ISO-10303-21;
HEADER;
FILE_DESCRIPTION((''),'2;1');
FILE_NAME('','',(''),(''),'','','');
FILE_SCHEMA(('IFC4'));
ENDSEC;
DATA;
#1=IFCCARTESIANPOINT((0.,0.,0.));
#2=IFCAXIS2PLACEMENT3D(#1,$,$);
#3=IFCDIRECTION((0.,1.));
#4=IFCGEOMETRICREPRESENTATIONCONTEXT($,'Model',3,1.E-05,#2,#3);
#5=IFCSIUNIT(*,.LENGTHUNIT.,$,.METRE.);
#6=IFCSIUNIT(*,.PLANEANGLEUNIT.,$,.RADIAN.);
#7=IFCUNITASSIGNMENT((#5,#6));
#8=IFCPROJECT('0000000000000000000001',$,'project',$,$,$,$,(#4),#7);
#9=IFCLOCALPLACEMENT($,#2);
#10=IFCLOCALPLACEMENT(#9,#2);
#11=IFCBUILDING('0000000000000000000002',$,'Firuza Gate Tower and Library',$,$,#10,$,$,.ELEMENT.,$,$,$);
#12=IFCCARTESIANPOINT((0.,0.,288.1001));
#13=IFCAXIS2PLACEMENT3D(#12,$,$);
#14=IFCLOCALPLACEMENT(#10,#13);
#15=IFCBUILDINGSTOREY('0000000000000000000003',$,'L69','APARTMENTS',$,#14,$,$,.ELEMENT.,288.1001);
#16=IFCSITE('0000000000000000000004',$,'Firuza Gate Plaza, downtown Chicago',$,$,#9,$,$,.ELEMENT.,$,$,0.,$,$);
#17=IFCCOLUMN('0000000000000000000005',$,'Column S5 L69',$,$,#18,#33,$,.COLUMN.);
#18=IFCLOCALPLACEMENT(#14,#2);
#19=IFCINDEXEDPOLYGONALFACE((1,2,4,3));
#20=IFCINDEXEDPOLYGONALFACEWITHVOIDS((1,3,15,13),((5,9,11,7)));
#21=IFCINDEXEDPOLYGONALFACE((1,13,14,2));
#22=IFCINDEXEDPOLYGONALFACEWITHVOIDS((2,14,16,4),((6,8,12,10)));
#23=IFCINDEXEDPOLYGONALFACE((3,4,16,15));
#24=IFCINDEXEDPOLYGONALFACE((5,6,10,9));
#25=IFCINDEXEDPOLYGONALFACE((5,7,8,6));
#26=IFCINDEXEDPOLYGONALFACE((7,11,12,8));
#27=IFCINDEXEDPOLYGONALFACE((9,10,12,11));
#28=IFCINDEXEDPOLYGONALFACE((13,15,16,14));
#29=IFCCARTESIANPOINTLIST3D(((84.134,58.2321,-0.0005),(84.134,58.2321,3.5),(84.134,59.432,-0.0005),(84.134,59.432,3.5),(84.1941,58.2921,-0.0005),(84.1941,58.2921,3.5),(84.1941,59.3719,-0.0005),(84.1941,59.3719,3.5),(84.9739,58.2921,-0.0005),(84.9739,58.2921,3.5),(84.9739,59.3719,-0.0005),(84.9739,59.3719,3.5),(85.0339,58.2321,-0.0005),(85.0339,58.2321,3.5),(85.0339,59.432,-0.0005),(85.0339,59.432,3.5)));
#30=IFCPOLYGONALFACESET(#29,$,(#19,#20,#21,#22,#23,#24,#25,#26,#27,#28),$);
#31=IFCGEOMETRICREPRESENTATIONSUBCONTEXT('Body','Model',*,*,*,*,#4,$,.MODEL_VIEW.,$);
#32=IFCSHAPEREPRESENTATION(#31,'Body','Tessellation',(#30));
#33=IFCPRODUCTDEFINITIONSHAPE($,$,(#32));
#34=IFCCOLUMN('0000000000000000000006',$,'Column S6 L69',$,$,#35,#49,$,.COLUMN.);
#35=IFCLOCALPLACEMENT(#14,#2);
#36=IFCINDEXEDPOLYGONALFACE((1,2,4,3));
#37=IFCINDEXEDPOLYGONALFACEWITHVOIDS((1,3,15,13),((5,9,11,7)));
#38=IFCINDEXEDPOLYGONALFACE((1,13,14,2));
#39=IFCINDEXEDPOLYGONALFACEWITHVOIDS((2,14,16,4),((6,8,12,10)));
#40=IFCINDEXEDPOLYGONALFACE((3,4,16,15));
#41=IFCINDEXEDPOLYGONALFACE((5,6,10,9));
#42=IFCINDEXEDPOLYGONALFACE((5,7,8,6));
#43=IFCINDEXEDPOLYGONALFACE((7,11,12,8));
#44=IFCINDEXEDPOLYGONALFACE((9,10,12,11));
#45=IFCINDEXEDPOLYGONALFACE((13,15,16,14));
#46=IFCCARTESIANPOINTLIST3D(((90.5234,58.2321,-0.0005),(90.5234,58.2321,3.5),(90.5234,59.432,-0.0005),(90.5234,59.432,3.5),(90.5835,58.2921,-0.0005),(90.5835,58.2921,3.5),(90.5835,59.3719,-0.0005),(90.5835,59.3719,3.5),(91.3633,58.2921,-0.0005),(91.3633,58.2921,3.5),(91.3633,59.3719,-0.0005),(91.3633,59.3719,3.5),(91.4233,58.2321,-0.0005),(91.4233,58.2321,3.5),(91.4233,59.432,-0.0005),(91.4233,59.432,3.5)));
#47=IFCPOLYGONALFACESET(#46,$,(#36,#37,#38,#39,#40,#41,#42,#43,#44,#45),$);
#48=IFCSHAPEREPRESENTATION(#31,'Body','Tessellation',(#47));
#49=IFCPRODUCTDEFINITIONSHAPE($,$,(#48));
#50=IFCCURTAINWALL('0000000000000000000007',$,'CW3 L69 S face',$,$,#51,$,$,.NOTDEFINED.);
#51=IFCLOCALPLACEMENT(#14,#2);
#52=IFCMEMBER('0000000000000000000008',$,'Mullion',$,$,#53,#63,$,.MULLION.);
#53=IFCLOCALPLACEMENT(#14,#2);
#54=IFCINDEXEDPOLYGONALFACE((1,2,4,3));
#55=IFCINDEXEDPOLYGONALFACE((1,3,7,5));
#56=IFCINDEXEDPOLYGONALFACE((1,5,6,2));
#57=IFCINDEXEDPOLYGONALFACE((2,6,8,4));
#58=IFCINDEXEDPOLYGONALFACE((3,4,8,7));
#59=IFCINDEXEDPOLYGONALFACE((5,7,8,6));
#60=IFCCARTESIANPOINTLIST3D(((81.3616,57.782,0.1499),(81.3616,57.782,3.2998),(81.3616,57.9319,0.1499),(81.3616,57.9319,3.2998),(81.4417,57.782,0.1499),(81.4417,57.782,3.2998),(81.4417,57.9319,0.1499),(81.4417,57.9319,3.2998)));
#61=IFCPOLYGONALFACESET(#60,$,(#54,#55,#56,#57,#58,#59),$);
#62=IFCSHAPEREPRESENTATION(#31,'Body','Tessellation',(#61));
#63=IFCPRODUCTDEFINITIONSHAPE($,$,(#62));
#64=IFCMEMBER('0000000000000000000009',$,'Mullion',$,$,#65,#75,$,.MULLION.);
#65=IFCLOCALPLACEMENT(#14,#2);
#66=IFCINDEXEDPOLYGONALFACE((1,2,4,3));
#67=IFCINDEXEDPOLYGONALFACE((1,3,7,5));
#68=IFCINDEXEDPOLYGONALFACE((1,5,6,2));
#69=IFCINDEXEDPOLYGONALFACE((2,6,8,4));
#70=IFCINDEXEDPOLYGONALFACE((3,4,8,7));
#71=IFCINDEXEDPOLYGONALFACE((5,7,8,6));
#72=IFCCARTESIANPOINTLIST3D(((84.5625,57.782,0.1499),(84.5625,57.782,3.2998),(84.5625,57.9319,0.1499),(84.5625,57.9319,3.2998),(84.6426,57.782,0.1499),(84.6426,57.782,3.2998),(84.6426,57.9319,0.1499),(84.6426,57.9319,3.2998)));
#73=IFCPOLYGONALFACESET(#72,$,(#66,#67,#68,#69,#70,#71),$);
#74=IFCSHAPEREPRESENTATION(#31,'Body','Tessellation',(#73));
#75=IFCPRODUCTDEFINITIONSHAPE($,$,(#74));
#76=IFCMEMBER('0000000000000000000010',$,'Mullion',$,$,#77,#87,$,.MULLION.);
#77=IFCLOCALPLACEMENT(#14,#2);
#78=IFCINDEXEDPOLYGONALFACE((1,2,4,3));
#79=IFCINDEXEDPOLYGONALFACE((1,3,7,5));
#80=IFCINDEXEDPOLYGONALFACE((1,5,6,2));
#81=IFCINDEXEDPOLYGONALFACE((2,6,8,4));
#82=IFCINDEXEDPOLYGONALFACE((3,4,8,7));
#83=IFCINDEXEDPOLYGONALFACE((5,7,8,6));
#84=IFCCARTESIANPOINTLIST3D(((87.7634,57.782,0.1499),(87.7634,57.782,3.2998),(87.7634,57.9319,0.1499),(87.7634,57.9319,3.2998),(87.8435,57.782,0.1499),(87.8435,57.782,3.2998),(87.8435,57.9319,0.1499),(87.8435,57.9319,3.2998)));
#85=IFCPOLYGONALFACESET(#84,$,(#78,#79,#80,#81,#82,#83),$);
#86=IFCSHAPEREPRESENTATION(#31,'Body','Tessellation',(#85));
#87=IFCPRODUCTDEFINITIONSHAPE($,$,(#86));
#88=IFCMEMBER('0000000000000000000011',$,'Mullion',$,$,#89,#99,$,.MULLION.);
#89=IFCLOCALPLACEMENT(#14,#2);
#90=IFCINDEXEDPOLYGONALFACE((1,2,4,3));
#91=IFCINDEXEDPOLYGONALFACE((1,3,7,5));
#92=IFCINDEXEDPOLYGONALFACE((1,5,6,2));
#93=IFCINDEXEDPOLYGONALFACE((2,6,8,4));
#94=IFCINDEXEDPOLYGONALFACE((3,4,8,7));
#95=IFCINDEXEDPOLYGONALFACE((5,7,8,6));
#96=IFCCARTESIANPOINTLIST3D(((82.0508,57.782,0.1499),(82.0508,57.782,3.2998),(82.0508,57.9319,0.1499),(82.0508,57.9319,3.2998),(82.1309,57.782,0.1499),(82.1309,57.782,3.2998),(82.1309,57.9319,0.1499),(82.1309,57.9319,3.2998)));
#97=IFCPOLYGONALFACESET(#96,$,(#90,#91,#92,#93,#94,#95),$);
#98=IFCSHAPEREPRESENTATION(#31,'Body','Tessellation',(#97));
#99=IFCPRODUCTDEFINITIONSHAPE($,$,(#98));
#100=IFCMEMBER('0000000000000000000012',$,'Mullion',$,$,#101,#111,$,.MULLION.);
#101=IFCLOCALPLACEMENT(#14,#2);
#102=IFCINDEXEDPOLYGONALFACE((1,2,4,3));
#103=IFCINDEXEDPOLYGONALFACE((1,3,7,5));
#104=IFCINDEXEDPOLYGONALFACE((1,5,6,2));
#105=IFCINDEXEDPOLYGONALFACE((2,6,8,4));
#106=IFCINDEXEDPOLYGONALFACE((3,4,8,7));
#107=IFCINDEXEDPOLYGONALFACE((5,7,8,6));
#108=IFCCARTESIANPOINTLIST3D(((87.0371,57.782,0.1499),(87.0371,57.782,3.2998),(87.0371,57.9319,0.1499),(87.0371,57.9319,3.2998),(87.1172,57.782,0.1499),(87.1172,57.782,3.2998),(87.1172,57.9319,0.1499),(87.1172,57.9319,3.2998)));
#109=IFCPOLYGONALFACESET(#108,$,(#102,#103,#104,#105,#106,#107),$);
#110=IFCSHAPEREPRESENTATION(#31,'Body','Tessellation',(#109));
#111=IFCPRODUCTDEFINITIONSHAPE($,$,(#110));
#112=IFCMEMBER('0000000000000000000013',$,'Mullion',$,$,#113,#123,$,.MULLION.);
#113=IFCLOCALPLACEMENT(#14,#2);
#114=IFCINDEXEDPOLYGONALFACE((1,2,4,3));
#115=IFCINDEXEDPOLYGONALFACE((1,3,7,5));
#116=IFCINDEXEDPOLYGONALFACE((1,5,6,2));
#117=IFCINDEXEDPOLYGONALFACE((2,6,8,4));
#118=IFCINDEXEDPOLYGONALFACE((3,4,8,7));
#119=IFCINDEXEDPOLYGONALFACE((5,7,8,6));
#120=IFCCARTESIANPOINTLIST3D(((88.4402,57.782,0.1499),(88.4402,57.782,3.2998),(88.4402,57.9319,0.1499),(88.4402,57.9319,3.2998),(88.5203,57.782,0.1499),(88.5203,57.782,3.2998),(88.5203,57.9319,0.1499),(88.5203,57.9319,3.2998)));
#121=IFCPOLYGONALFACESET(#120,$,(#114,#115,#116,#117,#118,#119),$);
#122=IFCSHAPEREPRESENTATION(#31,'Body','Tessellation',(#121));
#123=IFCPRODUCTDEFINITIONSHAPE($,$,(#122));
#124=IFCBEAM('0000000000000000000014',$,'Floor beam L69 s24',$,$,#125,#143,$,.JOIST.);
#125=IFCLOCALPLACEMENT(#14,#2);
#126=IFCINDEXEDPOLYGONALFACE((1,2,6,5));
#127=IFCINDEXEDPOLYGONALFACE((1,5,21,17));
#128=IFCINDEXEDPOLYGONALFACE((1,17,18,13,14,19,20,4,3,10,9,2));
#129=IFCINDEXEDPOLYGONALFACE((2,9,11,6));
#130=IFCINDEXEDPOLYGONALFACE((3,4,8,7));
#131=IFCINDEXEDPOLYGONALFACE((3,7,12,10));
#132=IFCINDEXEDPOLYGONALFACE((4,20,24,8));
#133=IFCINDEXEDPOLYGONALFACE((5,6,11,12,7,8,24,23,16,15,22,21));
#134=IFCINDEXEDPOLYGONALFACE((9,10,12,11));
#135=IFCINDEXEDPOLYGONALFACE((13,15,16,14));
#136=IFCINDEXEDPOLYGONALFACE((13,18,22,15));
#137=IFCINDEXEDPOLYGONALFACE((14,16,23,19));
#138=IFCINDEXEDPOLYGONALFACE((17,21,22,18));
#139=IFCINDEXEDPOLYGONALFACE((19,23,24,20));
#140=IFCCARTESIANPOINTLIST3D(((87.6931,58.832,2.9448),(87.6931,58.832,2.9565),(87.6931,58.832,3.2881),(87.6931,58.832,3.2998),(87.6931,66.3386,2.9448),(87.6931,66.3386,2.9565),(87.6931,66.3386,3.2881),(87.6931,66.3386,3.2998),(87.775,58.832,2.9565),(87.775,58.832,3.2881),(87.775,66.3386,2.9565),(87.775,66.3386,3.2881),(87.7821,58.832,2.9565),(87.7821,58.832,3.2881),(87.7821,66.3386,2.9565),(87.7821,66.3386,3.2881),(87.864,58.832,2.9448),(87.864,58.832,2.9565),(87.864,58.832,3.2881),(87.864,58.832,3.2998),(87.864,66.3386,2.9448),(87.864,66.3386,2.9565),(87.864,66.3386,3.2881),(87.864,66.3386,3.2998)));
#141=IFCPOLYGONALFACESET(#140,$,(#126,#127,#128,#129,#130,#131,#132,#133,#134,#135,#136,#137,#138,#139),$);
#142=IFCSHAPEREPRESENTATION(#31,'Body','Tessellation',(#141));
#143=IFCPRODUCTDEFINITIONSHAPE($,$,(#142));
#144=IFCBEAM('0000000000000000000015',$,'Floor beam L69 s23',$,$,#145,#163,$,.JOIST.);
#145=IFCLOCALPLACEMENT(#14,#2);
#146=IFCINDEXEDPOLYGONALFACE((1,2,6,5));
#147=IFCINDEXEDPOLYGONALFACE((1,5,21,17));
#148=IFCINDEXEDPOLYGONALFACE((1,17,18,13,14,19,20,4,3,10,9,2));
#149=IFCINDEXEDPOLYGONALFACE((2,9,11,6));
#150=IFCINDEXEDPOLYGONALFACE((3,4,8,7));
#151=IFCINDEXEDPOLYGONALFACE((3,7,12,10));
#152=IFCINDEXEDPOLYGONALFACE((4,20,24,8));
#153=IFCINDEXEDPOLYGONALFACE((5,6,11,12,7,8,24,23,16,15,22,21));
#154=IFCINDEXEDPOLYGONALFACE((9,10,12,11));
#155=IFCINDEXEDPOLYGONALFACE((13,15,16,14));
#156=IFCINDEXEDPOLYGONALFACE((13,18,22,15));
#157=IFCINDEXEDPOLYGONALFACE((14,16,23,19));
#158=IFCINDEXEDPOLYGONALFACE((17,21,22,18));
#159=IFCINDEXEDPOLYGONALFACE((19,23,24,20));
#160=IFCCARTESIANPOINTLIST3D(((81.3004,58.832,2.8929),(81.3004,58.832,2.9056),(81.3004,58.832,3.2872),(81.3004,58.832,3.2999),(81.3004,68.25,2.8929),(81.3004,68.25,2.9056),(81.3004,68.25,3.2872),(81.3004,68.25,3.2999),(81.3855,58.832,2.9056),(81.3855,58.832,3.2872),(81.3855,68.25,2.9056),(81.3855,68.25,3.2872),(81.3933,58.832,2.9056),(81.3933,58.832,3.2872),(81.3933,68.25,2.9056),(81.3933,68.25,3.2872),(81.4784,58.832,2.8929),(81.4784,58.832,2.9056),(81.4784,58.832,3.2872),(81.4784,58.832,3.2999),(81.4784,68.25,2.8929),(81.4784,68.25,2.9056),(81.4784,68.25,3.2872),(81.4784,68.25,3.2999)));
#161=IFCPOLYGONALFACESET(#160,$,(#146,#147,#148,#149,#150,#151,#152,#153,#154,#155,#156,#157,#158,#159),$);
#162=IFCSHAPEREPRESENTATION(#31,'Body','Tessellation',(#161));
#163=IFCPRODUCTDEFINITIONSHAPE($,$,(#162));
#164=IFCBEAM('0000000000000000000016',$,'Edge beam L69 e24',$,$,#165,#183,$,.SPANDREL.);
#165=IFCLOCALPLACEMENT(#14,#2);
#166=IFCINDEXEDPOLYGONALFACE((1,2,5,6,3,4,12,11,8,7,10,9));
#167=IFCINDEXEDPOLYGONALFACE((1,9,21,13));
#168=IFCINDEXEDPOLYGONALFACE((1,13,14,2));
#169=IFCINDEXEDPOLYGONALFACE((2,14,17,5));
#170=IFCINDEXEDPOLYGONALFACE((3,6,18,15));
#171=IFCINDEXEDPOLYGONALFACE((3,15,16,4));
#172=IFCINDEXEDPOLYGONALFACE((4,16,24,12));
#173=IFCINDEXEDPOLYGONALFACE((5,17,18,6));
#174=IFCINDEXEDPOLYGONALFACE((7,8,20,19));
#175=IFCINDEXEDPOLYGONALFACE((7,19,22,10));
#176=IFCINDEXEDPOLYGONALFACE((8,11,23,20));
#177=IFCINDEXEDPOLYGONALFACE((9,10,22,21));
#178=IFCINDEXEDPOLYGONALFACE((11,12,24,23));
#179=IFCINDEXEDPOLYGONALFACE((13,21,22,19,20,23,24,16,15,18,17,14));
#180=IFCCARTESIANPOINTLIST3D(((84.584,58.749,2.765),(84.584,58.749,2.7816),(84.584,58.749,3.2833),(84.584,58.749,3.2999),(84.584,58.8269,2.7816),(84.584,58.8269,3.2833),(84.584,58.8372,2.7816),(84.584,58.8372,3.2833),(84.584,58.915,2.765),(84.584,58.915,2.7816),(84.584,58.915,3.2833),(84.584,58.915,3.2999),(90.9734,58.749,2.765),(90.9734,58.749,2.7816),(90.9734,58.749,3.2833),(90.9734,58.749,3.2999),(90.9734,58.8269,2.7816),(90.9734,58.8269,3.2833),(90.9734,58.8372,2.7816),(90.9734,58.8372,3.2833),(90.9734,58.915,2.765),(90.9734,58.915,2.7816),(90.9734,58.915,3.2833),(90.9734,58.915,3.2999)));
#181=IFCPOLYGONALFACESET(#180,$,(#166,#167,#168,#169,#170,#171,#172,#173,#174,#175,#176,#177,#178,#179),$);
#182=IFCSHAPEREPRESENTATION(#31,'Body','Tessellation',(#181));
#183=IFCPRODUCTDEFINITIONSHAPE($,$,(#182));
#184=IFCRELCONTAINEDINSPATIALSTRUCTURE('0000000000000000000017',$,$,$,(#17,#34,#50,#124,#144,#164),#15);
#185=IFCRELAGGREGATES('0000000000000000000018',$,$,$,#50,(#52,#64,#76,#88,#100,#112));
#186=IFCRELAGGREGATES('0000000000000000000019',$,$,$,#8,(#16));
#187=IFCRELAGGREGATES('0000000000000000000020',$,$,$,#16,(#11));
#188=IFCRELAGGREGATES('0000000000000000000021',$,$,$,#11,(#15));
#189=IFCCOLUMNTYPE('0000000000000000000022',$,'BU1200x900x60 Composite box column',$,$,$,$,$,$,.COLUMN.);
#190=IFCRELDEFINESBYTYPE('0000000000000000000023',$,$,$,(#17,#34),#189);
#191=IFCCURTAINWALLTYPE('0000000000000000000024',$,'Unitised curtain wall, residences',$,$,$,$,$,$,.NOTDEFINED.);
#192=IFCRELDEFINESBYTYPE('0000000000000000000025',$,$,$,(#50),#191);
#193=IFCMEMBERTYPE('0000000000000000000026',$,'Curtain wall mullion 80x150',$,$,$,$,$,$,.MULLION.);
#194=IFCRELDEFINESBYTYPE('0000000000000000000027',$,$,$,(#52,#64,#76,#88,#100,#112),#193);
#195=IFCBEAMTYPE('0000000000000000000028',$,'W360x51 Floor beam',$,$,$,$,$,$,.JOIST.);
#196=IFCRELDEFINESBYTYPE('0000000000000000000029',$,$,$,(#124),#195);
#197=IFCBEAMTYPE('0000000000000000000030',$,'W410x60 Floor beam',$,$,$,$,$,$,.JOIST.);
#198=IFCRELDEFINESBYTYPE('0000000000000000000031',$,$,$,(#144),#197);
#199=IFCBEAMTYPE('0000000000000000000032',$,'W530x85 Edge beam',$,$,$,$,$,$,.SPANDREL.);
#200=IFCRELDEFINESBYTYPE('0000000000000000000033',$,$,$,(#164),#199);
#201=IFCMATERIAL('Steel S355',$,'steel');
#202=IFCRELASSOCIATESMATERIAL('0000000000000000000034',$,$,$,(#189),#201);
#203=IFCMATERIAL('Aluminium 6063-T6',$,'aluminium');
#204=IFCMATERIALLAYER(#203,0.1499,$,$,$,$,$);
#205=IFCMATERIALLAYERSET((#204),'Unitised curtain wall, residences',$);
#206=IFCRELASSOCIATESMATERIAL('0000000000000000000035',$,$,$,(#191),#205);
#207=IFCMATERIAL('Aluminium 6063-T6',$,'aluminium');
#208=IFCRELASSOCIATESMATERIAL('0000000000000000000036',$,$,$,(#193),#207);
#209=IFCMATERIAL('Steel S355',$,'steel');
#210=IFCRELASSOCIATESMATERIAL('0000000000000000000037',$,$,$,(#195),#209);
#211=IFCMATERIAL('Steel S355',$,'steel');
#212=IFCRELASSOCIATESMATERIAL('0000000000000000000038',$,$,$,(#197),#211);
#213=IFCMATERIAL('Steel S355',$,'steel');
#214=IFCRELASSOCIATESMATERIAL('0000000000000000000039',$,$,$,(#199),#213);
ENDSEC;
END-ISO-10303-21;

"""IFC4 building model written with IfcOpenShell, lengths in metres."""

from ifc_helpers import new_model, si_unit, direction, frame, origin, origin_2d, place, context, subcontext, project, spatial, rectangle, hollow_rectangle, i_section, extrude, material, layer, layer_set, material_profile, profile_set, type_object, element, aggregate, save


model = new_model("IFC4")

# Units and contexts
model_context = context("Model", 3, precision=1e-05, world=origin(), true_north=direction((0.0, 1.0)))
body_context = subcontext(model_context, "Body", "Model", "MODEL_VIEW")
ifc_project = project(units=[si_unit("LENGTHUNIT", "METRE"), si_unit("PLANEANGLEUNIT", "RADIAN")], contexts=[model_context])

# Site, building, storey
site_placement = place(None, origin())
site = spatial("IfcSite", under=ifc_project, at=site_placement, Name="Firuza Gate Plaza, downtown Chicago", CompositionType="ELEMENT", RefElevation=0.0)
building_placement = place(site_placement, origin())
building = spatial("IfcBuilding", under=site, at=building_placement, Name="Firuza Gate Tower and Library", CompositionType="ELEMENT")
storey_placement = place(building_placement, frame((0.0, 0.0, 288.1001)))
storey = spatial("IfcBuildingStorey", under=building, at=storey_placement, Name="L69", Description="APARTMENTS", CompositionType="ELEMENT", Elevation=288.1001)

# Columns
ifc_material_1 = material(Name="Steel S355", Category="steel")
ifc_material_profile_1 = material_profile(ifc_material_1, hollow_rectangle(XDim=0.8999, YDim=1.2, WallThickness=0.0601, at=origin_2d()))
ifc_profile_set_1 = profile_set([ifc_material_profile_1], Name="Steel S355")
column_type = type_object("IfcColumnType", Name="BU1200x900x60 Composite box column", PredefinedType="COLUMN", material=ifc_profile_set_1)
for number, where, z_axis, x_axis, name in (
    (1, (84.584, 58.832, -0.0005), (0.0, 0.0, 1.0), (1.0, 0.0, 0.0), "Column S5 L69"),
    (2, (90.9734, 58.832, -0.0005), (0.0, 0.0, 1.0), (1.0, 0.0, 0.0), "Column S6 L69"),
):
    element("IfcColumn", number, at=place(storey_placement, frame(where, z_axis=z_axis, x_axis=x_axis)), inside=storey, type_object=column_type, Name=name, PredefinedType="COLUMN", context=body_context, shape_type="SweptSolid", body=[
        extrude(hollow_rectangle(XDim=0.8999, YDim=1.2, WallThickness=0.0601, at=origin_2d()), origin(), (0.0, 0.0, 1.0), 3.5005),
    ])

# Curtain wall, members
ifc_material_2 = material(Name="Aluminium 6063-T6", Category="aluminium")
ifc_layer_1 = layer(ifc_material_2, 0.1499)
ifc_layer_set_1 = layer_set([ifc_layer_1], Name="Unitised curtain wall, residences")
curtain_wall_type = type_object("IfcCurtainWallType", Name="Unitised curtain wall, residences", PredefinedType="NOTDEFINED", material=ifc_layer_set_1)
curtain_wall_placement = place(storey_placement, origin())
curtain_wall = element("IfcCurtainWall", 3, at=curtain_wall_placement, inside=storey, type_object=curtain_wall_type, Name="CW3 L69 S face", PredefinedType="NOTDEFINED")
ifc_material_3 = material(Name="Aluminium 6063-T6", Category="aluminium")
ifc_material_profile_2 = material_profile(ifc_material_3, rectangle(XDim=0.1499, YDim=0.0801, at=origin_2d()))
ifc_profile_set_2 = profile_set([ifc_material_profile_2], Name="Aluminium 6063-T6")
member_type = type_object("IfcMemberType", Name="Curtain wall mullion 80x150", PredefinedType="MULLION", material=ifc_profile_set_2)
member_1_placement = place(storey_placement, frame((81.4016, 57.8569, 0.1499), z_axis=(0.0, 0.0, 1.0), x_axis=(0.0, 1.0, 0.0)))
member_1 = element("IfcMember", 4, at=member_1_placement, type_object=member_type, Name="Mullion", PredefinedType="MULLION", context=body_context, shape_type="SweptSolid", body=[
    extrude(rectangle(XDim=0.1499, YDim=0.0801, at=origin_2d()), origin(), (0.0, 0.0, 1.0), 3.1499),
])
member_2_placement = place(storey_placement, frame((84.6025, 57.8569, 0.1499), z_axis=(0.0, 0.0, 1.0), x_axis=(0.0, 1.0, 0.0)))
member_2 = element("IfcMember", 5, at=member_2_placement, type_object=member_type, Name="Mullion", PredefinedType="MULLION", context=body_context, shape_type="SweptSolid", body=[
    extrude(rectangle(XDim=0.1499, YDim=0.0801, at=origin_2d()), origin(), (0.0, 0.0, 1.0), 3.1499),
])
member_3_placement = place(storey_placement, frame((87.8035, 57.8569, 0.1499), z_axis=(0.0, 0.0, 1.0), x_axis=(0.0, 1.0, 0.0)))
member_3 = element("IfcMember", 6, at=member_3_placement, type_object=member_type, Name="Mullion", PredefinedType="MULLION", context=body_context, shape_type="SweptSolid", body=[
    extrude(rectangle(XDim=0.1499, YDim=0.0801, at=origin_2d()), origin(), (0.0, 0.0, 1.0), 3.1499),
])
member_4_placement = place(storey_placement, frame((82.0908, 57.8569, 0.1499), z_axis=(0.0, 0.0, 1.0), x_axis=(0.0, 1.0, 0.0)))
member_4 = element("IfcMember", 7, at=member_4_placement, type_object=member_type, Name="Mullion", PredefinedType="MULLION", context=body_context, shape_type="SweptSolid", body=[
    extrude(rectangle(XDim=0.1499, YDim=0.0801, at=origin_2d()), origin(), (0.0, 0.0, 1.0), 3.1499),
])
member_5_placement = place(storey_placement, frame((87.0771, 57.8569, 0.1499), z_axis=(0.0, 0.0, 1.0), x_axis=(0.0, 1.0, 0.0)))
member_5 = element("IfcMember", 8, at=member_5_placement, type_object=member_type, Name="Mullion", PredefinedType="MULLION", context=body_context, shape_type="SweptSolid", body=[
    extrude(rectangle(XDim=0.1499, YDim=0.0801, at=origin_2d()), origin(), (0.0, 0.0, 1.0), 3.1499),
])
member_6_placement = place(storey_placement, frame((88.4802, 57.8569, 0.1499), z_axis=(0.0, 0.0, 1.0), x_axis=(0.0, 1.0, 0.0)))
member_6 = element("IfcMember", 9, at=member_6_placement, type_object=member_type, Name="Mullion", PredefinedType="MULLION", context=body_context, shape_type="SweptSolid", body=[
    extrude(rectangle(XDim=0.1499, YDim=0.0801, at=origin_2d()), origin(), (0.0, 0.0, 1.0), 3.1499),
])

# Beams
ifc_material_4 = material(Name="Steel S355", Category="steel")
ifc_material_profile_3 = material_profile(ifc_material_4, i_section(OverallWidth=0.1709, OverallDepth=0.355, WebThickness=0.0071, FlangeThickness=0.0117, at=origin_2d()))
ifc_profile_set_3 = profile_set([ifc_material_profile_3], Name="Steel S355")
beam_type_1 = type_object("IfcBeamType", Name="W360x51 Floor beam", PredefinedType="JOIST", material=ifc_profile_set_3)
beam_1_placement = place(storey_placement, frame((87.7786, 58.832, 3.1223), z_axis=(0.0, 1.0, 0.0), x_axis=(-1.0, 0.0, 0.0)))
element("IfcBeam", 10, at=beam_1_placement, inside=storey, type_object=beam_type_1, Name="Floor beam L69 s24", PredefinedType="JOIST", context=body_context, shape_type="SweptSolid", body=[
    extrude(i_section(OverallWidth=0.1709, OverallDepth=0.355, WebThickness=0.0071, FlangeThickness=0.0117, at=origin_2d()), origin(), (0.0, 0.0, 1.0), 7.5066),
])
ifc_material_5 = material(Name="Steel S355", Category="steel")
ifc_material_profile_4 = material_profile(ifc_material_5, i_section(OverallWidth=0.178, OverallDepth=0.407, WebThickness=0.0078, FlangeThickness=0.0127, at=origin_2d()))
ifc_profile_set_4 = profile_set([ifc_material_profile_4], Name="Steel S355")
beam_type_2 = type_object("IfcBeamType", Name="W410x60 Floor beam", PredefinedType="JOIST", material=ifc_profile_set_4)
beam_2_placement = place(storey_placement, frame((81.3894, 58.832, 3.0964), z_axis=(0.0, 1.0, 0.0), x_axis=(-1.0, 0.0, 0.0)))
element("IfcBeam", 11, at=beam_2_placement, inside=storey, type_object=beam_type_2, Name="Floor beam L69 s23", PredefinedType="JOIST", context=body_context, shape_type="SweptSolid", body=[
    extrude(i_section(OverallWidth=0.178, OverallDepth=0.407, WebThickness=0.0078, FlangeThickness=0.0127, at=origin_2d()), origin(), (0.0, 0.0, 1.0), 9.418),
])
ifc_material_6 = material(Name="Steel S355", Category="steel")
ifc_material_profile_5 = material_profile(ifc_material_6, i_section(OverallWidth=0.166, OverallDepth=0.5349, WebThickness=0.0103, FlangeThickness=0.0166, at=origin_2d()))
ifc_profile_set_5 = profile_set([ifc_material_profile_5], Name="Steel S355")
beam_type_3 = type_object("IfcBeamType", Name="W530x85 Edge beam", PredefinedType="SPANDREL", material=ifc_profile_set_5)
beam_3_placement = place(storey_placement, frame((84.584, 58.832, 3.0325), z_axis=(1.0, 0.0, 0.0), x_axis=(0.0, 1.0, 0.0)))
element("IfcBeam", 12, at=beam_3_placement, inside=storey, type_object=beam_type_3, Name="Edge beam L69 e24", PredefinedType="SPANDREL", context=body_context, shape_type="SweptSolid", body=[
    extrude(i_section(OverallWidth=0.166, OverallDepth=0.5349, WebThickness=0.0103, FlangeThickness=0.0166, at=origin_2d()), origin(), (0.0, 0.0, 1.0), 6.3894),
])

aggregate(curtain_wall, [member_1, member_2, member_3, member_4, member_5, member_6])

save(model, "model.ifc")
